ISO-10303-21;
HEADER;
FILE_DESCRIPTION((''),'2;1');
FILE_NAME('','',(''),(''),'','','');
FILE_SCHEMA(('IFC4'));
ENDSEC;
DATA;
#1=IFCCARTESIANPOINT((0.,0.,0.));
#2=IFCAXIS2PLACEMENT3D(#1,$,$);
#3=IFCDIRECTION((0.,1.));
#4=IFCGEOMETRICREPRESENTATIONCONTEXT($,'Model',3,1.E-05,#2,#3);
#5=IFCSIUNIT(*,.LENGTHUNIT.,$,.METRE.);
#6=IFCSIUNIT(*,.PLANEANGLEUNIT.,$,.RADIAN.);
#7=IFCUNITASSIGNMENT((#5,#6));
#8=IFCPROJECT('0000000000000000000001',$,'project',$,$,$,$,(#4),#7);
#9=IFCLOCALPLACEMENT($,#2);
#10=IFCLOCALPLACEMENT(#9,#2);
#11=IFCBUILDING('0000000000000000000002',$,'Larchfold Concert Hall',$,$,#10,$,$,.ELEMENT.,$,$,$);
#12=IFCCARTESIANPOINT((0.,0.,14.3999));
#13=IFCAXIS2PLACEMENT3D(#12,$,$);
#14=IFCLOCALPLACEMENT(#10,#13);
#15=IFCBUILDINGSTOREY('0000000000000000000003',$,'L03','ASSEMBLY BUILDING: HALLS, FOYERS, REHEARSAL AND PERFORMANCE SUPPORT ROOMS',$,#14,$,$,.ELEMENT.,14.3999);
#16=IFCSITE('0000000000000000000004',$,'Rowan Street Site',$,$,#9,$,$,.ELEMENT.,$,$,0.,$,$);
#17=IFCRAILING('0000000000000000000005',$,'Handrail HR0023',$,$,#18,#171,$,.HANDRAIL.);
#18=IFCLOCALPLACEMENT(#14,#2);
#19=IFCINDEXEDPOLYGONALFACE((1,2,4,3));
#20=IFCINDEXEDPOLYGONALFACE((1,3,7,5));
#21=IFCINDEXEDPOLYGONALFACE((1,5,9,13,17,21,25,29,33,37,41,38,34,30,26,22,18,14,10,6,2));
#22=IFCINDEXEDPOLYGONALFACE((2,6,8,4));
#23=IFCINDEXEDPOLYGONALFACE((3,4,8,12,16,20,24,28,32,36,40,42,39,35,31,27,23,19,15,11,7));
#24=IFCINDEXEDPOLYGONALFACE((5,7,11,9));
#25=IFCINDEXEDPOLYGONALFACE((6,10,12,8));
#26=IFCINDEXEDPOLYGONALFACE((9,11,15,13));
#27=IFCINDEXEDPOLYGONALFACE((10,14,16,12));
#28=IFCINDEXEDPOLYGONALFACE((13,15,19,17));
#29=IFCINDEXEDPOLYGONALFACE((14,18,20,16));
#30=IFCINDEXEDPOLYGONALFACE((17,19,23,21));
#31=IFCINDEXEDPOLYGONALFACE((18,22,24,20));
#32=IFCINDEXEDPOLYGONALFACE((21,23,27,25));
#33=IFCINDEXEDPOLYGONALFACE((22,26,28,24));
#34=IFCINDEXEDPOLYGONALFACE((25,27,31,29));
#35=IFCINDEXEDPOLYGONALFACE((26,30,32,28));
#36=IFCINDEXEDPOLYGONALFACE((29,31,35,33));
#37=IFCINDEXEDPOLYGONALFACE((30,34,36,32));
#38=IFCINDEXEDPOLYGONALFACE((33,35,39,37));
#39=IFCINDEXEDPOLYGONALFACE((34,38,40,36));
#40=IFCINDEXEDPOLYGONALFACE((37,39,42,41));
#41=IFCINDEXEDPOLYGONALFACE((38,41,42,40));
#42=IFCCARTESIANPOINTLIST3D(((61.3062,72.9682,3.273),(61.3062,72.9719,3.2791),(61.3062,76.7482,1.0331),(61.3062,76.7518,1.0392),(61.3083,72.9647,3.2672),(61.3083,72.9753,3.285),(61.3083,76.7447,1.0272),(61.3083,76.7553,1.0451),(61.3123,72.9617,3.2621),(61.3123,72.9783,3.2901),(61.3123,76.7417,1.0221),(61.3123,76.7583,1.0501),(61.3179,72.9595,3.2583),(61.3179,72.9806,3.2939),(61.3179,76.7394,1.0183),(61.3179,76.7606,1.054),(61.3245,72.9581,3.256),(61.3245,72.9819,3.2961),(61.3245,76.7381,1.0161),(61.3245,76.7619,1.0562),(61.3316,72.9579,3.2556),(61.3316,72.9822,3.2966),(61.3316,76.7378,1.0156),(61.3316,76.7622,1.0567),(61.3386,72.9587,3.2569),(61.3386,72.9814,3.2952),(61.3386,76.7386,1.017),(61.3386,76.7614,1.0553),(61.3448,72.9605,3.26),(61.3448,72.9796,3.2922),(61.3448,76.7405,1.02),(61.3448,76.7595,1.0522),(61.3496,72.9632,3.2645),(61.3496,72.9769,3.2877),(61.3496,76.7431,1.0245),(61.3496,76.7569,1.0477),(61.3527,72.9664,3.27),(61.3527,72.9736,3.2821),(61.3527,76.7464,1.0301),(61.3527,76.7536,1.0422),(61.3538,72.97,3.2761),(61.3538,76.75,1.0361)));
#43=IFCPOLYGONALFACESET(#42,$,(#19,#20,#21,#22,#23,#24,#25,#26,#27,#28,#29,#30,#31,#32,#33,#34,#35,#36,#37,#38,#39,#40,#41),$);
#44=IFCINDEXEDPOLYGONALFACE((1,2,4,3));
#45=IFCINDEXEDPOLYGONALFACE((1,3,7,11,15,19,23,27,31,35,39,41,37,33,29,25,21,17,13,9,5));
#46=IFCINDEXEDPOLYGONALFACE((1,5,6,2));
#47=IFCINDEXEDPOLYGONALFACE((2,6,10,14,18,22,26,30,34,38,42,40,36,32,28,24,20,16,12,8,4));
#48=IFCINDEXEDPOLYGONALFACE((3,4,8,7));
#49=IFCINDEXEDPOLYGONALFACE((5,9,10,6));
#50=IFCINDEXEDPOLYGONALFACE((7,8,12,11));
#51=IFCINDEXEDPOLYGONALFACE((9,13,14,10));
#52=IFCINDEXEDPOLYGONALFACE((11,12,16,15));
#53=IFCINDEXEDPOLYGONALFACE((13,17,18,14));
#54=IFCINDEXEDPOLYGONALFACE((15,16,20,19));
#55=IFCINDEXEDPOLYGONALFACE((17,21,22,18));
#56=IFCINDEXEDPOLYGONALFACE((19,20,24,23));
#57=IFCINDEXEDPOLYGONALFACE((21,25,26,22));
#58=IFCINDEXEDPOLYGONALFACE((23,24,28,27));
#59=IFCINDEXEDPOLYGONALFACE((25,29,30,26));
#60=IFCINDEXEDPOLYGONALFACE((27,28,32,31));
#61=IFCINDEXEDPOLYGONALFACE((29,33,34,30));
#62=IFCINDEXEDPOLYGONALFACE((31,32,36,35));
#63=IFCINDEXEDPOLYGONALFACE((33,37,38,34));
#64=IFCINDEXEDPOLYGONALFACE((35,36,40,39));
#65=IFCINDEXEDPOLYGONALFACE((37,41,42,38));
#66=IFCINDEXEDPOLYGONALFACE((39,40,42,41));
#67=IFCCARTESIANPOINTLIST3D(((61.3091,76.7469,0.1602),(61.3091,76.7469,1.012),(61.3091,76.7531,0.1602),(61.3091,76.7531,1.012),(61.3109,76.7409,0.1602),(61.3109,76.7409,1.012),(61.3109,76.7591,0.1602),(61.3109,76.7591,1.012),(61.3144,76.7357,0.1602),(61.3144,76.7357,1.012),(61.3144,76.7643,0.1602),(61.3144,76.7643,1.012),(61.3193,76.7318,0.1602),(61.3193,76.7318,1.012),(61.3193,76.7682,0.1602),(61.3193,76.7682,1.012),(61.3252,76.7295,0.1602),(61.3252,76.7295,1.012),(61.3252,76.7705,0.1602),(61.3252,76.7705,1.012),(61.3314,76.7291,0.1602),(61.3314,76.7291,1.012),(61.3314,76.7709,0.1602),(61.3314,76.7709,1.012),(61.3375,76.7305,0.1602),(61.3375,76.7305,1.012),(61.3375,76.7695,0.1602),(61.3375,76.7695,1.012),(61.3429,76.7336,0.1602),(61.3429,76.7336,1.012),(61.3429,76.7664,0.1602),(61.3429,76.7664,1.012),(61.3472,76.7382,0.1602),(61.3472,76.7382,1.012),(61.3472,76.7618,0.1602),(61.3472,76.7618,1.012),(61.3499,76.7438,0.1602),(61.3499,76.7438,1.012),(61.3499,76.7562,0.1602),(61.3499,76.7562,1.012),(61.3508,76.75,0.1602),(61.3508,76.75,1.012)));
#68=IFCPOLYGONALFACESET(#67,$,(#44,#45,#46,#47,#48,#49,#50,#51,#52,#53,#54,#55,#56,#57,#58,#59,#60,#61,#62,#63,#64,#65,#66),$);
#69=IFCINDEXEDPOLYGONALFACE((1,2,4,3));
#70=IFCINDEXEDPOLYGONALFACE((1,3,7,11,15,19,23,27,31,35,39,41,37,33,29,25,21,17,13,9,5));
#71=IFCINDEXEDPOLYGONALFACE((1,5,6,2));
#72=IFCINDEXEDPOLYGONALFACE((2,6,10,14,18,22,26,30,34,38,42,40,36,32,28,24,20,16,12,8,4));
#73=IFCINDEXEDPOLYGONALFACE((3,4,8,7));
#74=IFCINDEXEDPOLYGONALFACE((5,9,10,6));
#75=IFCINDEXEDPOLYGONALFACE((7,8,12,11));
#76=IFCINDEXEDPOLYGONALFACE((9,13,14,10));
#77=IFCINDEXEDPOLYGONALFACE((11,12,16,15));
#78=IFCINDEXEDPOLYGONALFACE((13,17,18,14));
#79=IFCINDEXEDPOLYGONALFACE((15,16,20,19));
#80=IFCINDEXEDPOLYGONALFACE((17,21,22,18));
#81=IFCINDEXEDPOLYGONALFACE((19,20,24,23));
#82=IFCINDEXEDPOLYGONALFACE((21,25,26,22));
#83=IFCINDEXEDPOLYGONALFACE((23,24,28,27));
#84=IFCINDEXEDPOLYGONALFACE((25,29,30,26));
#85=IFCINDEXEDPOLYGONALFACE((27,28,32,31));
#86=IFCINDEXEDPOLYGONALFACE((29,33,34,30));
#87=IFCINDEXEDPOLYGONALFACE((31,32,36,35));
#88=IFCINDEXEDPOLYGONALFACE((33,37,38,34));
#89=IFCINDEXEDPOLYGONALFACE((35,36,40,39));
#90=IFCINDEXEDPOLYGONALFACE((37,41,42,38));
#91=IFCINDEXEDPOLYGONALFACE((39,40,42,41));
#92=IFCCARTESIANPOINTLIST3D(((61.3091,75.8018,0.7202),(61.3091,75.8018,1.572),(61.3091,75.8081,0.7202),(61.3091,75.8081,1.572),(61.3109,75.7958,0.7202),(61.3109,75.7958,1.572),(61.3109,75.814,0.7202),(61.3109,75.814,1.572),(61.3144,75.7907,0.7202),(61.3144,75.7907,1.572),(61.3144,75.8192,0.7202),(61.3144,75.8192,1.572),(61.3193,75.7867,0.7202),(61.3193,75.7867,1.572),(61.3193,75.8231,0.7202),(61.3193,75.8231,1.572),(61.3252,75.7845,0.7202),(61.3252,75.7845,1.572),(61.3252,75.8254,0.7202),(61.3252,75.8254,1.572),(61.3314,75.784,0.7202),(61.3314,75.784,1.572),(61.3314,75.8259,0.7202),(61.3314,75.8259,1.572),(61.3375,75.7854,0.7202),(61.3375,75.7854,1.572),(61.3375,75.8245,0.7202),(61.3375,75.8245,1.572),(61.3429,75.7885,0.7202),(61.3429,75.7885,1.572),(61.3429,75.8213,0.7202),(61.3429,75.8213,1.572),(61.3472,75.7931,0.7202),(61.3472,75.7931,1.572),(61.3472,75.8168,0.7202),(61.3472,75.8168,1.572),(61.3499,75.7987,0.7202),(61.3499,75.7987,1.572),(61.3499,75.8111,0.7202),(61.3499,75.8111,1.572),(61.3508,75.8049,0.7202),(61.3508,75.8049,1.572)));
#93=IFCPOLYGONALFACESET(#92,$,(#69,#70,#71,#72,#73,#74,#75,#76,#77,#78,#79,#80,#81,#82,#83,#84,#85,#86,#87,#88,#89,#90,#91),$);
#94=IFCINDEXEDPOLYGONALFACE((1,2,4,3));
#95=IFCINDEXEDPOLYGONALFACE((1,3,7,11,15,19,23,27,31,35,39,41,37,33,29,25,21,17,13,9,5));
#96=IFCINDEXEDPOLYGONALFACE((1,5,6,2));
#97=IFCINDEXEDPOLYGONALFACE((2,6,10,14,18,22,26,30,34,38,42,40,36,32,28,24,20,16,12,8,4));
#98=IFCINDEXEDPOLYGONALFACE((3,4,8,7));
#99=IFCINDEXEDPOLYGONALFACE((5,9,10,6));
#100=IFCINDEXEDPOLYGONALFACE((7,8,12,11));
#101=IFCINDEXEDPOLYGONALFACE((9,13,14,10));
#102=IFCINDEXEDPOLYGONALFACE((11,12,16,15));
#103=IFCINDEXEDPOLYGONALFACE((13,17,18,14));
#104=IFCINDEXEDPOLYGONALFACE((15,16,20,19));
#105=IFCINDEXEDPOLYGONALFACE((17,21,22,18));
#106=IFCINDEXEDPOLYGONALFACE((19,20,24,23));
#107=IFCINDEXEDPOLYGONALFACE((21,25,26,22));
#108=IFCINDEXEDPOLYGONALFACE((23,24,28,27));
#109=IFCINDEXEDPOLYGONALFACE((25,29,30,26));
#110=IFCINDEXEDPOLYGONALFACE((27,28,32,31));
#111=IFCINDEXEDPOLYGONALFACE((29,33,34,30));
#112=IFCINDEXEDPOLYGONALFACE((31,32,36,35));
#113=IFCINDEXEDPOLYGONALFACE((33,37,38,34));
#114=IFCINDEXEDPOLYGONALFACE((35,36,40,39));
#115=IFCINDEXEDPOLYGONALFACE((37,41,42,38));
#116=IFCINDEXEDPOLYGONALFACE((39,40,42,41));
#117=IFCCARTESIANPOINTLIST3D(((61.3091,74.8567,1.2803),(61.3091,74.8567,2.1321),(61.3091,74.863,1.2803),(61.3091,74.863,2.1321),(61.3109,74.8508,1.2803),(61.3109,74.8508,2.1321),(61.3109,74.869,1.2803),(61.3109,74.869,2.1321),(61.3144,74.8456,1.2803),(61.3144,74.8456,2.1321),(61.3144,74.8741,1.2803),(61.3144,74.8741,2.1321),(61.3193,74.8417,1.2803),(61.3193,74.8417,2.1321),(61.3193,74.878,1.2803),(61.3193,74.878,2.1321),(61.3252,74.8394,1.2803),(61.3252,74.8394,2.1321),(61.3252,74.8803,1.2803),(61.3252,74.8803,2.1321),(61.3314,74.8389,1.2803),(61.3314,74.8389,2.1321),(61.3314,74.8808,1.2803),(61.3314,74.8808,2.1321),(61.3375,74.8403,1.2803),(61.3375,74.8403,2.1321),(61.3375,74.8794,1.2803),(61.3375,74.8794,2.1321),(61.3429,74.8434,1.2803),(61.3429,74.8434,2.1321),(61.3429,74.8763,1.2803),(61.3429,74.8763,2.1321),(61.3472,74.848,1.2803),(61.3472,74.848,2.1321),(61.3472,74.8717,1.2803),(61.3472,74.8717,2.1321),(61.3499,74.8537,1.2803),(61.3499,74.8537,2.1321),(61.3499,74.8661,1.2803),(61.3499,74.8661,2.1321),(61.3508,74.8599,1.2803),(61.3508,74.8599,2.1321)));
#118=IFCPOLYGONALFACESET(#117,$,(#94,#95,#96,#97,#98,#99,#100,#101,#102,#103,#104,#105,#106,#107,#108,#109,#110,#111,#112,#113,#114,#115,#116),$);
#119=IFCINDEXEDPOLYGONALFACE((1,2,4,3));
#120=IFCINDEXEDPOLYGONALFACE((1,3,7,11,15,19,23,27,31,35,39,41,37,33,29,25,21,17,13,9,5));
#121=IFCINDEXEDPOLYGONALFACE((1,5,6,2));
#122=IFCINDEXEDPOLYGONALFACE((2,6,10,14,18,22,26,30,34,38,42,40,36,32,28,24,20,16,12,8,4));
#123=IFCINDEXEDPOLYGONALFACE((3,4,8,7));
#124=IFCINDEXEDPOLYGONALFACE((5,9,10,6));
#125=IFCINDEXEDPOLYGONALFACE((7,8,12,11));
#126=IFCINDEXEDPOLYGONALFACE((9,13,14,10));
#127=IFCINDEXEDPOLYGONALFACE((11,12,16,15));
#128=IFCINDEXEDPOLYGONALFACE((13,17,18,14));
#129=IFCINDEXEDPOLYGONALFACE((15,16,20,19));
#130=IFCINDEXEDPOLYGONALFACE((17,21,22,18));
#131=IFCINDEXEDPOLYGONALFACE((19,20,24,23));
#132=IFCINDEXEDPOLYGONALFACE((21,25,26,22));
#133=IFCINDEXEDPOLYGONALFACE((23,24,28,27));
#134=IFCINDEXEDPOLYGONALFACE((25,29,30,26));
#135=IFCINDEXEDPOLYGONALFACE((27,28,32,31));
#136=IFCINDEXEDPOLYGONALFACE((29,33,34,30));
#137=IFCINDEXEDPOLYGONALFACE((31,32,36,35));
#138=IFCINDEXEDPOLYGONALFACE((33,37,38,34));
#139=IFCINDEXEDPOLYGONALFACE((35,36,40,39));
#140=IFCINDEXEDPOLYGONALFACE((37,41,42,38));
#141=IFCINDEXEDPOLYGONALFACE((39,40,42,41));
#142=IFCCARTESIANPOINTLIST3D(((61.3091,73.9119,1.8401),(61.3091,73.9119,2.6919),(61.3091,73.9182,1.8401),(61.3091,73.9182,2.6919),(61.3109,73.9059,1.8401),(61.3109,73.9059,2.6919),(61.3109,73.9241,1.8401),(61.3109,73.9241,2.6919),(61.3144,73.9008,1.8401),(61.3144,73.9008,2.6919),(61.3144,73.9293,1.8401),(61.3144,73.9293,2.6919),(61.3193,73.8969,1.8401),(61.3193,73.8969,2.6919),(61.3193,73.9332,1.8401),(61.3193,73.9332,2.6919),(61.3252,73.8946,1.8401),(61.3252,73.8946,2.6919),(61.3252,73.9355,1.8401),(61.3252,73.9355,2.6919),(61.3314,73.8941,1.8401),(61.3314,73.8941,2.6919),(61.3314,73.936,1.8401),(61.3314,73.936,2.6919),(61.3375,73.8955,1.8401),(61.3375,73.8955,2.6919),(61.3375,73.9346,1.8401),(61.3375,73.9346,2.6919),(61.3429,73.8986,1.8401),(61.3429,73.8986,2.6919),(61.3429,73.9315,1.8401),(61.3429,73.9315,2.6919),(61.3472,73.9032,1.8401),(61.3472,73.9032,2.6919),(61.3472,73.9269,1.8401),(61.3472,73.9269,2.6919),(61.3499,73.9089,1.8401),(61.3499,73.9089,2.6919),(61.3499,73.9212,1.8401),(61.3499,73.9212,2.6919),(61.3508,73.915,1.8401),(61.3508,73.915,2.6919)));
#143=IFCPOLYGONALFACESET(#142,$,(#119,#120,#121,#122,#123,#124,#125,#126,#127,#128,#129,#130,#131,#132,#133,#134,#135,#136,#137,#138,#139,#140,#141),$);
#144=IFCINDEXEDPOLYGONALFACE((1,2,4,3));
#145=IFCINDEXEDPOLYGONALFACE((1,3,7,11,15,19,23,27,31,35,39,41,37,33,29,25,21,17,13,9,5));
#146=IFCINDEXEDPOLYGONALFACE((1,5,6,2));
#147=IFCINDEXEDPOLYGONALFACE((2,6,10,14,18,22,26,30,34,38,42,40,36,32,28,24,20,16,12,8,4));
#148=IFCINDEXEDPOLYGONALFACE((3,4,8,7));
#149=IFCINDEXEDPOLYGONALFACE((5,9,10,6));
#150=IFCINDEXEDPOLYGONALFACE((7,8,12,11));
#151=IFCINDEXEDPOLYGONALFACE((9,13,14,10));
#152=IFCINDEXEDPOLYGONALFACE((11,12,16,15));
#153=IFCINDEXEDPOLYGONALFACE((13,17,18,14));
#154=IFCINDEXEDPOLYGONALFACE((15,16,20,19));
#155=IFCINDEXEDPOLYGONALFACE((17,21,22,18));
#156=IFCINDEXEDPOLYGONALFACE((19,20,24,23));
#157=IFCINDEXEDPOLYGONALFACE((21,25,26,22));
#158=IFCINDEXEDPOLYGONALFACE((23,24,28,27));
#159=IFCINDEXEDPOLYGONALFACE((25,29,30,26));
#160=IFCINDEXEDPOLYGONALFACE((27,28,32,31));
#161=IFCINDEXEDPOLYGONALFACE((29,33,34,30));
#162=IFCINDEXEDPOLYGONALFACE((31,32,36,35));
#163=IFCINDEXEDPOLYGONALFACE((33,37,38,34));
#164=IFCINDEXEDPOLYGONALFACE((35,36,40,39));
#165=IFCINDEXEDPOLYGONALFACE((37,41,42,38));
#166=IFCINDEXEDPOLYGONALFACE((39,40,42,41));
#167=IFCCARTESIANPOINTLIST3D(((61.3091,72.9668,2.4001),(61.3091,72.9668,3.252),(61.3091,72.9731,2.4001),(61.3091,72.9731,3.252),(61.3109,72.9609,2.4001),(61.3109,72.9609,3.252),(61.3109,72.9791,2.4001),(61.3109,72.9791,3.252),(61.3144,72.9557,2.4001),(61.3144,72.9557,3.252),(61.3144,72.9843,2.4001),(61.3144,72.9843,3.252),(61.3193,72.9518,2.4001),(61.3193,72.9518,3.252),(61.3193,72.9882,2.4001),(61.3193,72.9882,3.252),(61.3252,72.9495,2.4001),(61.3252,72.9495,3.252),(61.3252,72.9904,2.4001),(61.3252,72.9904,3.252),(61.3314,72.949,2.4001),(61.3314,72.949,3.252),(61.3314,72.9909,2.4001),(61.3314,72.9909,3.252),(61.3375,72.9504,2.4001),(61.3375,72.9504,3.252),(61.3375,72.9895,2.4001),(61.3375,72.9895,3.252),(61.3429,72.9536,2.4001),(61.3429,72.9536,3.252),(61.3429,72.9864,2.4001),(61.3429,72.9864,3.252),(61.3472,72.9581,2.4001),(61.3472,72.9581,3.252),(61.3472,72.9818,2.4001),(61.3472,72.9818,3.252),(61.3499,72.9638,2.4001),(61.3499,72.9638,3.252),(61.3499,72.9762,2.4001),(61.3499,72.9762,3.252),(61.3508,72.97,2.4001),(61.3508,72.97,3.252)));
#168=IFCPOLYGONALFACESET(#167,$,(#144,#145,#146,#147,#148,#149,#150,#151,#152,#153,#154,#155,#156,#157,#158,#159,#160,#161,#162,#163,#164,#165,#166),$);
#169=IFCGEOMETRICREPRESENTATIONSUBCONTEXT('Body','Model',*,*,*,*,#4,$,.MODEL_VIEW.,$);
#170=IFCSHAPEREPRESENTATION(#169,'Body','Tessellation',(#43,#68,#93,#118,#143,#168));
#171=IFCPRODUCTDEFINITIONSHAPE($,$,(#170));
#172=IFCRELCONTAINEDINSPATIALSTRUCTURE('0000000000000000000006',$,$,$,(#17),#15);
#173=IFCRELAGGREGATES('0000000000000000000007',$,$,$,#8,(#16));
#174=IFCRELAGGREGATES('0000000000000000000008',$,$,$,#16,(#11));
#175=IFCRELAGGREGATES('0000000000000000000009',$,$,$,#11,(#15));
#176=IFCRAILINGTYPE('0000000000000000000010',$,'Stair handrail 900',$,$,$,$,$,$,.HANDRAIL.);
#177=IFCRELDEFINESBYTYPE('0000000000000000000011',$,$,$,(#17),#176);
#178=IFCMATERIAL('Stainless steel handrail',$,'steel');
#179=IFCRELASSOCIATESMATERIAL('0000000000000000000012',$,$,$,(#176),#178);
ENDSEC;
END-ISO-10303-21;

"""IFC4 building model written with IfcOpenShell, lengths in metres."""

from ifc_helpers import new_model, si_unit, direction, frame, origin, origin_2d, place, context, subcontext, project, spatial, circle, extrude, material, type_object, element, save


model = new_model("IFC4")

# Units and contexts
model_context = context("Model", 3, precision=1e-05, world=origin(), true_north=direction((0.0, 1.0)))
body_context = subcontext(model_context, "Body", "Model", "MODEL_VIEW")
ifc_project = project(units=[si_unit("LENGTHUNIT", "METRE"), si_unit("PLANEANGLEUNIT", "RADIAN")], contexts=[model_context])

# Site, building, storey
site_placement = place(None, origin())
site = spatial("IfcSite", under=ifc_project, at=site_placement, Name="Rowan Street Site", CompositionType="ELEMENT", RefElevation=0.0)
building_placement = place(site_placement, origin())
building = spatial("IfcBuilding", under=site, at=building_placement, Name="Larchfold Concert Hall", CompositionType="ELEMENT")
storey_placement = place(building_placement, frame((0.0, 0.0, 14.3999)))
storey = spatial("IfcBuildingStorey", under=building, at=storey_placement, Name="L03", Description="ASSEMBLY BUILDING: HALLS, FOYERS, REHEARSAL AND PERFORMANCE SUPPORT ROOMS", CompositionType="ELEMENT", Elevation=14.3999)

# Railing
ifc_material_1 = material(Name="Stainless steel handrail", Category="steel")
railing_type_1 = type_object("IfcRailingType", Name="Stair handrail 900", PredefinedType="HANDRAIL", material=ifc_material_1)
for number, where, name in (
    (1, (61.3298, 76.75, 0.1602), "Handrail HR0023"),
):
    element("IfcRailing", number, at=place(storey_placement, frame(where)), inside=storey, type_object=railing_type_1, Name=name, PredefinedType="HANDRAIL", context=body_context, shape_type="SweptSolid", body=[
        extrude(circle(Radius=0.0239, at=origin_2d()), frame((0.0, 0.0, 0.876), z_axis=(0.0, -0.860294, 0.509798), x_axis=(1.0, 0.0, 0.0)), (0.0, 0.0, 1.0), 4.3938),
        extrude(circle(Radius=0.021, at=origin_2d()), origin(), (0.0, 0.0, 1.0), 0.8518),
        extrude(circle(Radius=0.021, at=origin_2d()), frame((0.0, -0.9451, 0.5601)), (0.0, 0.0, 1.0), 0.8518),
        extrude(circle(Radius=0.021, at=origin_2d()), frame((0.0, -1.8901, 1.1201)), (0.0, 0.0, 1.0), 0.8518),
        extrude(circle(Radius=0.021, at=origin_2d()), frame((0.0, -2.835, 1.6799)), (0.0, 0.0, 1.0), 0.8518),
        extrude(circle(Radius=0.021, at=origin_2d()), frame((0.0, -3.78, 2.24)), (0.0, 0.0, 1.0), 0.8518),
    ])

save(model, "model.ifc")
